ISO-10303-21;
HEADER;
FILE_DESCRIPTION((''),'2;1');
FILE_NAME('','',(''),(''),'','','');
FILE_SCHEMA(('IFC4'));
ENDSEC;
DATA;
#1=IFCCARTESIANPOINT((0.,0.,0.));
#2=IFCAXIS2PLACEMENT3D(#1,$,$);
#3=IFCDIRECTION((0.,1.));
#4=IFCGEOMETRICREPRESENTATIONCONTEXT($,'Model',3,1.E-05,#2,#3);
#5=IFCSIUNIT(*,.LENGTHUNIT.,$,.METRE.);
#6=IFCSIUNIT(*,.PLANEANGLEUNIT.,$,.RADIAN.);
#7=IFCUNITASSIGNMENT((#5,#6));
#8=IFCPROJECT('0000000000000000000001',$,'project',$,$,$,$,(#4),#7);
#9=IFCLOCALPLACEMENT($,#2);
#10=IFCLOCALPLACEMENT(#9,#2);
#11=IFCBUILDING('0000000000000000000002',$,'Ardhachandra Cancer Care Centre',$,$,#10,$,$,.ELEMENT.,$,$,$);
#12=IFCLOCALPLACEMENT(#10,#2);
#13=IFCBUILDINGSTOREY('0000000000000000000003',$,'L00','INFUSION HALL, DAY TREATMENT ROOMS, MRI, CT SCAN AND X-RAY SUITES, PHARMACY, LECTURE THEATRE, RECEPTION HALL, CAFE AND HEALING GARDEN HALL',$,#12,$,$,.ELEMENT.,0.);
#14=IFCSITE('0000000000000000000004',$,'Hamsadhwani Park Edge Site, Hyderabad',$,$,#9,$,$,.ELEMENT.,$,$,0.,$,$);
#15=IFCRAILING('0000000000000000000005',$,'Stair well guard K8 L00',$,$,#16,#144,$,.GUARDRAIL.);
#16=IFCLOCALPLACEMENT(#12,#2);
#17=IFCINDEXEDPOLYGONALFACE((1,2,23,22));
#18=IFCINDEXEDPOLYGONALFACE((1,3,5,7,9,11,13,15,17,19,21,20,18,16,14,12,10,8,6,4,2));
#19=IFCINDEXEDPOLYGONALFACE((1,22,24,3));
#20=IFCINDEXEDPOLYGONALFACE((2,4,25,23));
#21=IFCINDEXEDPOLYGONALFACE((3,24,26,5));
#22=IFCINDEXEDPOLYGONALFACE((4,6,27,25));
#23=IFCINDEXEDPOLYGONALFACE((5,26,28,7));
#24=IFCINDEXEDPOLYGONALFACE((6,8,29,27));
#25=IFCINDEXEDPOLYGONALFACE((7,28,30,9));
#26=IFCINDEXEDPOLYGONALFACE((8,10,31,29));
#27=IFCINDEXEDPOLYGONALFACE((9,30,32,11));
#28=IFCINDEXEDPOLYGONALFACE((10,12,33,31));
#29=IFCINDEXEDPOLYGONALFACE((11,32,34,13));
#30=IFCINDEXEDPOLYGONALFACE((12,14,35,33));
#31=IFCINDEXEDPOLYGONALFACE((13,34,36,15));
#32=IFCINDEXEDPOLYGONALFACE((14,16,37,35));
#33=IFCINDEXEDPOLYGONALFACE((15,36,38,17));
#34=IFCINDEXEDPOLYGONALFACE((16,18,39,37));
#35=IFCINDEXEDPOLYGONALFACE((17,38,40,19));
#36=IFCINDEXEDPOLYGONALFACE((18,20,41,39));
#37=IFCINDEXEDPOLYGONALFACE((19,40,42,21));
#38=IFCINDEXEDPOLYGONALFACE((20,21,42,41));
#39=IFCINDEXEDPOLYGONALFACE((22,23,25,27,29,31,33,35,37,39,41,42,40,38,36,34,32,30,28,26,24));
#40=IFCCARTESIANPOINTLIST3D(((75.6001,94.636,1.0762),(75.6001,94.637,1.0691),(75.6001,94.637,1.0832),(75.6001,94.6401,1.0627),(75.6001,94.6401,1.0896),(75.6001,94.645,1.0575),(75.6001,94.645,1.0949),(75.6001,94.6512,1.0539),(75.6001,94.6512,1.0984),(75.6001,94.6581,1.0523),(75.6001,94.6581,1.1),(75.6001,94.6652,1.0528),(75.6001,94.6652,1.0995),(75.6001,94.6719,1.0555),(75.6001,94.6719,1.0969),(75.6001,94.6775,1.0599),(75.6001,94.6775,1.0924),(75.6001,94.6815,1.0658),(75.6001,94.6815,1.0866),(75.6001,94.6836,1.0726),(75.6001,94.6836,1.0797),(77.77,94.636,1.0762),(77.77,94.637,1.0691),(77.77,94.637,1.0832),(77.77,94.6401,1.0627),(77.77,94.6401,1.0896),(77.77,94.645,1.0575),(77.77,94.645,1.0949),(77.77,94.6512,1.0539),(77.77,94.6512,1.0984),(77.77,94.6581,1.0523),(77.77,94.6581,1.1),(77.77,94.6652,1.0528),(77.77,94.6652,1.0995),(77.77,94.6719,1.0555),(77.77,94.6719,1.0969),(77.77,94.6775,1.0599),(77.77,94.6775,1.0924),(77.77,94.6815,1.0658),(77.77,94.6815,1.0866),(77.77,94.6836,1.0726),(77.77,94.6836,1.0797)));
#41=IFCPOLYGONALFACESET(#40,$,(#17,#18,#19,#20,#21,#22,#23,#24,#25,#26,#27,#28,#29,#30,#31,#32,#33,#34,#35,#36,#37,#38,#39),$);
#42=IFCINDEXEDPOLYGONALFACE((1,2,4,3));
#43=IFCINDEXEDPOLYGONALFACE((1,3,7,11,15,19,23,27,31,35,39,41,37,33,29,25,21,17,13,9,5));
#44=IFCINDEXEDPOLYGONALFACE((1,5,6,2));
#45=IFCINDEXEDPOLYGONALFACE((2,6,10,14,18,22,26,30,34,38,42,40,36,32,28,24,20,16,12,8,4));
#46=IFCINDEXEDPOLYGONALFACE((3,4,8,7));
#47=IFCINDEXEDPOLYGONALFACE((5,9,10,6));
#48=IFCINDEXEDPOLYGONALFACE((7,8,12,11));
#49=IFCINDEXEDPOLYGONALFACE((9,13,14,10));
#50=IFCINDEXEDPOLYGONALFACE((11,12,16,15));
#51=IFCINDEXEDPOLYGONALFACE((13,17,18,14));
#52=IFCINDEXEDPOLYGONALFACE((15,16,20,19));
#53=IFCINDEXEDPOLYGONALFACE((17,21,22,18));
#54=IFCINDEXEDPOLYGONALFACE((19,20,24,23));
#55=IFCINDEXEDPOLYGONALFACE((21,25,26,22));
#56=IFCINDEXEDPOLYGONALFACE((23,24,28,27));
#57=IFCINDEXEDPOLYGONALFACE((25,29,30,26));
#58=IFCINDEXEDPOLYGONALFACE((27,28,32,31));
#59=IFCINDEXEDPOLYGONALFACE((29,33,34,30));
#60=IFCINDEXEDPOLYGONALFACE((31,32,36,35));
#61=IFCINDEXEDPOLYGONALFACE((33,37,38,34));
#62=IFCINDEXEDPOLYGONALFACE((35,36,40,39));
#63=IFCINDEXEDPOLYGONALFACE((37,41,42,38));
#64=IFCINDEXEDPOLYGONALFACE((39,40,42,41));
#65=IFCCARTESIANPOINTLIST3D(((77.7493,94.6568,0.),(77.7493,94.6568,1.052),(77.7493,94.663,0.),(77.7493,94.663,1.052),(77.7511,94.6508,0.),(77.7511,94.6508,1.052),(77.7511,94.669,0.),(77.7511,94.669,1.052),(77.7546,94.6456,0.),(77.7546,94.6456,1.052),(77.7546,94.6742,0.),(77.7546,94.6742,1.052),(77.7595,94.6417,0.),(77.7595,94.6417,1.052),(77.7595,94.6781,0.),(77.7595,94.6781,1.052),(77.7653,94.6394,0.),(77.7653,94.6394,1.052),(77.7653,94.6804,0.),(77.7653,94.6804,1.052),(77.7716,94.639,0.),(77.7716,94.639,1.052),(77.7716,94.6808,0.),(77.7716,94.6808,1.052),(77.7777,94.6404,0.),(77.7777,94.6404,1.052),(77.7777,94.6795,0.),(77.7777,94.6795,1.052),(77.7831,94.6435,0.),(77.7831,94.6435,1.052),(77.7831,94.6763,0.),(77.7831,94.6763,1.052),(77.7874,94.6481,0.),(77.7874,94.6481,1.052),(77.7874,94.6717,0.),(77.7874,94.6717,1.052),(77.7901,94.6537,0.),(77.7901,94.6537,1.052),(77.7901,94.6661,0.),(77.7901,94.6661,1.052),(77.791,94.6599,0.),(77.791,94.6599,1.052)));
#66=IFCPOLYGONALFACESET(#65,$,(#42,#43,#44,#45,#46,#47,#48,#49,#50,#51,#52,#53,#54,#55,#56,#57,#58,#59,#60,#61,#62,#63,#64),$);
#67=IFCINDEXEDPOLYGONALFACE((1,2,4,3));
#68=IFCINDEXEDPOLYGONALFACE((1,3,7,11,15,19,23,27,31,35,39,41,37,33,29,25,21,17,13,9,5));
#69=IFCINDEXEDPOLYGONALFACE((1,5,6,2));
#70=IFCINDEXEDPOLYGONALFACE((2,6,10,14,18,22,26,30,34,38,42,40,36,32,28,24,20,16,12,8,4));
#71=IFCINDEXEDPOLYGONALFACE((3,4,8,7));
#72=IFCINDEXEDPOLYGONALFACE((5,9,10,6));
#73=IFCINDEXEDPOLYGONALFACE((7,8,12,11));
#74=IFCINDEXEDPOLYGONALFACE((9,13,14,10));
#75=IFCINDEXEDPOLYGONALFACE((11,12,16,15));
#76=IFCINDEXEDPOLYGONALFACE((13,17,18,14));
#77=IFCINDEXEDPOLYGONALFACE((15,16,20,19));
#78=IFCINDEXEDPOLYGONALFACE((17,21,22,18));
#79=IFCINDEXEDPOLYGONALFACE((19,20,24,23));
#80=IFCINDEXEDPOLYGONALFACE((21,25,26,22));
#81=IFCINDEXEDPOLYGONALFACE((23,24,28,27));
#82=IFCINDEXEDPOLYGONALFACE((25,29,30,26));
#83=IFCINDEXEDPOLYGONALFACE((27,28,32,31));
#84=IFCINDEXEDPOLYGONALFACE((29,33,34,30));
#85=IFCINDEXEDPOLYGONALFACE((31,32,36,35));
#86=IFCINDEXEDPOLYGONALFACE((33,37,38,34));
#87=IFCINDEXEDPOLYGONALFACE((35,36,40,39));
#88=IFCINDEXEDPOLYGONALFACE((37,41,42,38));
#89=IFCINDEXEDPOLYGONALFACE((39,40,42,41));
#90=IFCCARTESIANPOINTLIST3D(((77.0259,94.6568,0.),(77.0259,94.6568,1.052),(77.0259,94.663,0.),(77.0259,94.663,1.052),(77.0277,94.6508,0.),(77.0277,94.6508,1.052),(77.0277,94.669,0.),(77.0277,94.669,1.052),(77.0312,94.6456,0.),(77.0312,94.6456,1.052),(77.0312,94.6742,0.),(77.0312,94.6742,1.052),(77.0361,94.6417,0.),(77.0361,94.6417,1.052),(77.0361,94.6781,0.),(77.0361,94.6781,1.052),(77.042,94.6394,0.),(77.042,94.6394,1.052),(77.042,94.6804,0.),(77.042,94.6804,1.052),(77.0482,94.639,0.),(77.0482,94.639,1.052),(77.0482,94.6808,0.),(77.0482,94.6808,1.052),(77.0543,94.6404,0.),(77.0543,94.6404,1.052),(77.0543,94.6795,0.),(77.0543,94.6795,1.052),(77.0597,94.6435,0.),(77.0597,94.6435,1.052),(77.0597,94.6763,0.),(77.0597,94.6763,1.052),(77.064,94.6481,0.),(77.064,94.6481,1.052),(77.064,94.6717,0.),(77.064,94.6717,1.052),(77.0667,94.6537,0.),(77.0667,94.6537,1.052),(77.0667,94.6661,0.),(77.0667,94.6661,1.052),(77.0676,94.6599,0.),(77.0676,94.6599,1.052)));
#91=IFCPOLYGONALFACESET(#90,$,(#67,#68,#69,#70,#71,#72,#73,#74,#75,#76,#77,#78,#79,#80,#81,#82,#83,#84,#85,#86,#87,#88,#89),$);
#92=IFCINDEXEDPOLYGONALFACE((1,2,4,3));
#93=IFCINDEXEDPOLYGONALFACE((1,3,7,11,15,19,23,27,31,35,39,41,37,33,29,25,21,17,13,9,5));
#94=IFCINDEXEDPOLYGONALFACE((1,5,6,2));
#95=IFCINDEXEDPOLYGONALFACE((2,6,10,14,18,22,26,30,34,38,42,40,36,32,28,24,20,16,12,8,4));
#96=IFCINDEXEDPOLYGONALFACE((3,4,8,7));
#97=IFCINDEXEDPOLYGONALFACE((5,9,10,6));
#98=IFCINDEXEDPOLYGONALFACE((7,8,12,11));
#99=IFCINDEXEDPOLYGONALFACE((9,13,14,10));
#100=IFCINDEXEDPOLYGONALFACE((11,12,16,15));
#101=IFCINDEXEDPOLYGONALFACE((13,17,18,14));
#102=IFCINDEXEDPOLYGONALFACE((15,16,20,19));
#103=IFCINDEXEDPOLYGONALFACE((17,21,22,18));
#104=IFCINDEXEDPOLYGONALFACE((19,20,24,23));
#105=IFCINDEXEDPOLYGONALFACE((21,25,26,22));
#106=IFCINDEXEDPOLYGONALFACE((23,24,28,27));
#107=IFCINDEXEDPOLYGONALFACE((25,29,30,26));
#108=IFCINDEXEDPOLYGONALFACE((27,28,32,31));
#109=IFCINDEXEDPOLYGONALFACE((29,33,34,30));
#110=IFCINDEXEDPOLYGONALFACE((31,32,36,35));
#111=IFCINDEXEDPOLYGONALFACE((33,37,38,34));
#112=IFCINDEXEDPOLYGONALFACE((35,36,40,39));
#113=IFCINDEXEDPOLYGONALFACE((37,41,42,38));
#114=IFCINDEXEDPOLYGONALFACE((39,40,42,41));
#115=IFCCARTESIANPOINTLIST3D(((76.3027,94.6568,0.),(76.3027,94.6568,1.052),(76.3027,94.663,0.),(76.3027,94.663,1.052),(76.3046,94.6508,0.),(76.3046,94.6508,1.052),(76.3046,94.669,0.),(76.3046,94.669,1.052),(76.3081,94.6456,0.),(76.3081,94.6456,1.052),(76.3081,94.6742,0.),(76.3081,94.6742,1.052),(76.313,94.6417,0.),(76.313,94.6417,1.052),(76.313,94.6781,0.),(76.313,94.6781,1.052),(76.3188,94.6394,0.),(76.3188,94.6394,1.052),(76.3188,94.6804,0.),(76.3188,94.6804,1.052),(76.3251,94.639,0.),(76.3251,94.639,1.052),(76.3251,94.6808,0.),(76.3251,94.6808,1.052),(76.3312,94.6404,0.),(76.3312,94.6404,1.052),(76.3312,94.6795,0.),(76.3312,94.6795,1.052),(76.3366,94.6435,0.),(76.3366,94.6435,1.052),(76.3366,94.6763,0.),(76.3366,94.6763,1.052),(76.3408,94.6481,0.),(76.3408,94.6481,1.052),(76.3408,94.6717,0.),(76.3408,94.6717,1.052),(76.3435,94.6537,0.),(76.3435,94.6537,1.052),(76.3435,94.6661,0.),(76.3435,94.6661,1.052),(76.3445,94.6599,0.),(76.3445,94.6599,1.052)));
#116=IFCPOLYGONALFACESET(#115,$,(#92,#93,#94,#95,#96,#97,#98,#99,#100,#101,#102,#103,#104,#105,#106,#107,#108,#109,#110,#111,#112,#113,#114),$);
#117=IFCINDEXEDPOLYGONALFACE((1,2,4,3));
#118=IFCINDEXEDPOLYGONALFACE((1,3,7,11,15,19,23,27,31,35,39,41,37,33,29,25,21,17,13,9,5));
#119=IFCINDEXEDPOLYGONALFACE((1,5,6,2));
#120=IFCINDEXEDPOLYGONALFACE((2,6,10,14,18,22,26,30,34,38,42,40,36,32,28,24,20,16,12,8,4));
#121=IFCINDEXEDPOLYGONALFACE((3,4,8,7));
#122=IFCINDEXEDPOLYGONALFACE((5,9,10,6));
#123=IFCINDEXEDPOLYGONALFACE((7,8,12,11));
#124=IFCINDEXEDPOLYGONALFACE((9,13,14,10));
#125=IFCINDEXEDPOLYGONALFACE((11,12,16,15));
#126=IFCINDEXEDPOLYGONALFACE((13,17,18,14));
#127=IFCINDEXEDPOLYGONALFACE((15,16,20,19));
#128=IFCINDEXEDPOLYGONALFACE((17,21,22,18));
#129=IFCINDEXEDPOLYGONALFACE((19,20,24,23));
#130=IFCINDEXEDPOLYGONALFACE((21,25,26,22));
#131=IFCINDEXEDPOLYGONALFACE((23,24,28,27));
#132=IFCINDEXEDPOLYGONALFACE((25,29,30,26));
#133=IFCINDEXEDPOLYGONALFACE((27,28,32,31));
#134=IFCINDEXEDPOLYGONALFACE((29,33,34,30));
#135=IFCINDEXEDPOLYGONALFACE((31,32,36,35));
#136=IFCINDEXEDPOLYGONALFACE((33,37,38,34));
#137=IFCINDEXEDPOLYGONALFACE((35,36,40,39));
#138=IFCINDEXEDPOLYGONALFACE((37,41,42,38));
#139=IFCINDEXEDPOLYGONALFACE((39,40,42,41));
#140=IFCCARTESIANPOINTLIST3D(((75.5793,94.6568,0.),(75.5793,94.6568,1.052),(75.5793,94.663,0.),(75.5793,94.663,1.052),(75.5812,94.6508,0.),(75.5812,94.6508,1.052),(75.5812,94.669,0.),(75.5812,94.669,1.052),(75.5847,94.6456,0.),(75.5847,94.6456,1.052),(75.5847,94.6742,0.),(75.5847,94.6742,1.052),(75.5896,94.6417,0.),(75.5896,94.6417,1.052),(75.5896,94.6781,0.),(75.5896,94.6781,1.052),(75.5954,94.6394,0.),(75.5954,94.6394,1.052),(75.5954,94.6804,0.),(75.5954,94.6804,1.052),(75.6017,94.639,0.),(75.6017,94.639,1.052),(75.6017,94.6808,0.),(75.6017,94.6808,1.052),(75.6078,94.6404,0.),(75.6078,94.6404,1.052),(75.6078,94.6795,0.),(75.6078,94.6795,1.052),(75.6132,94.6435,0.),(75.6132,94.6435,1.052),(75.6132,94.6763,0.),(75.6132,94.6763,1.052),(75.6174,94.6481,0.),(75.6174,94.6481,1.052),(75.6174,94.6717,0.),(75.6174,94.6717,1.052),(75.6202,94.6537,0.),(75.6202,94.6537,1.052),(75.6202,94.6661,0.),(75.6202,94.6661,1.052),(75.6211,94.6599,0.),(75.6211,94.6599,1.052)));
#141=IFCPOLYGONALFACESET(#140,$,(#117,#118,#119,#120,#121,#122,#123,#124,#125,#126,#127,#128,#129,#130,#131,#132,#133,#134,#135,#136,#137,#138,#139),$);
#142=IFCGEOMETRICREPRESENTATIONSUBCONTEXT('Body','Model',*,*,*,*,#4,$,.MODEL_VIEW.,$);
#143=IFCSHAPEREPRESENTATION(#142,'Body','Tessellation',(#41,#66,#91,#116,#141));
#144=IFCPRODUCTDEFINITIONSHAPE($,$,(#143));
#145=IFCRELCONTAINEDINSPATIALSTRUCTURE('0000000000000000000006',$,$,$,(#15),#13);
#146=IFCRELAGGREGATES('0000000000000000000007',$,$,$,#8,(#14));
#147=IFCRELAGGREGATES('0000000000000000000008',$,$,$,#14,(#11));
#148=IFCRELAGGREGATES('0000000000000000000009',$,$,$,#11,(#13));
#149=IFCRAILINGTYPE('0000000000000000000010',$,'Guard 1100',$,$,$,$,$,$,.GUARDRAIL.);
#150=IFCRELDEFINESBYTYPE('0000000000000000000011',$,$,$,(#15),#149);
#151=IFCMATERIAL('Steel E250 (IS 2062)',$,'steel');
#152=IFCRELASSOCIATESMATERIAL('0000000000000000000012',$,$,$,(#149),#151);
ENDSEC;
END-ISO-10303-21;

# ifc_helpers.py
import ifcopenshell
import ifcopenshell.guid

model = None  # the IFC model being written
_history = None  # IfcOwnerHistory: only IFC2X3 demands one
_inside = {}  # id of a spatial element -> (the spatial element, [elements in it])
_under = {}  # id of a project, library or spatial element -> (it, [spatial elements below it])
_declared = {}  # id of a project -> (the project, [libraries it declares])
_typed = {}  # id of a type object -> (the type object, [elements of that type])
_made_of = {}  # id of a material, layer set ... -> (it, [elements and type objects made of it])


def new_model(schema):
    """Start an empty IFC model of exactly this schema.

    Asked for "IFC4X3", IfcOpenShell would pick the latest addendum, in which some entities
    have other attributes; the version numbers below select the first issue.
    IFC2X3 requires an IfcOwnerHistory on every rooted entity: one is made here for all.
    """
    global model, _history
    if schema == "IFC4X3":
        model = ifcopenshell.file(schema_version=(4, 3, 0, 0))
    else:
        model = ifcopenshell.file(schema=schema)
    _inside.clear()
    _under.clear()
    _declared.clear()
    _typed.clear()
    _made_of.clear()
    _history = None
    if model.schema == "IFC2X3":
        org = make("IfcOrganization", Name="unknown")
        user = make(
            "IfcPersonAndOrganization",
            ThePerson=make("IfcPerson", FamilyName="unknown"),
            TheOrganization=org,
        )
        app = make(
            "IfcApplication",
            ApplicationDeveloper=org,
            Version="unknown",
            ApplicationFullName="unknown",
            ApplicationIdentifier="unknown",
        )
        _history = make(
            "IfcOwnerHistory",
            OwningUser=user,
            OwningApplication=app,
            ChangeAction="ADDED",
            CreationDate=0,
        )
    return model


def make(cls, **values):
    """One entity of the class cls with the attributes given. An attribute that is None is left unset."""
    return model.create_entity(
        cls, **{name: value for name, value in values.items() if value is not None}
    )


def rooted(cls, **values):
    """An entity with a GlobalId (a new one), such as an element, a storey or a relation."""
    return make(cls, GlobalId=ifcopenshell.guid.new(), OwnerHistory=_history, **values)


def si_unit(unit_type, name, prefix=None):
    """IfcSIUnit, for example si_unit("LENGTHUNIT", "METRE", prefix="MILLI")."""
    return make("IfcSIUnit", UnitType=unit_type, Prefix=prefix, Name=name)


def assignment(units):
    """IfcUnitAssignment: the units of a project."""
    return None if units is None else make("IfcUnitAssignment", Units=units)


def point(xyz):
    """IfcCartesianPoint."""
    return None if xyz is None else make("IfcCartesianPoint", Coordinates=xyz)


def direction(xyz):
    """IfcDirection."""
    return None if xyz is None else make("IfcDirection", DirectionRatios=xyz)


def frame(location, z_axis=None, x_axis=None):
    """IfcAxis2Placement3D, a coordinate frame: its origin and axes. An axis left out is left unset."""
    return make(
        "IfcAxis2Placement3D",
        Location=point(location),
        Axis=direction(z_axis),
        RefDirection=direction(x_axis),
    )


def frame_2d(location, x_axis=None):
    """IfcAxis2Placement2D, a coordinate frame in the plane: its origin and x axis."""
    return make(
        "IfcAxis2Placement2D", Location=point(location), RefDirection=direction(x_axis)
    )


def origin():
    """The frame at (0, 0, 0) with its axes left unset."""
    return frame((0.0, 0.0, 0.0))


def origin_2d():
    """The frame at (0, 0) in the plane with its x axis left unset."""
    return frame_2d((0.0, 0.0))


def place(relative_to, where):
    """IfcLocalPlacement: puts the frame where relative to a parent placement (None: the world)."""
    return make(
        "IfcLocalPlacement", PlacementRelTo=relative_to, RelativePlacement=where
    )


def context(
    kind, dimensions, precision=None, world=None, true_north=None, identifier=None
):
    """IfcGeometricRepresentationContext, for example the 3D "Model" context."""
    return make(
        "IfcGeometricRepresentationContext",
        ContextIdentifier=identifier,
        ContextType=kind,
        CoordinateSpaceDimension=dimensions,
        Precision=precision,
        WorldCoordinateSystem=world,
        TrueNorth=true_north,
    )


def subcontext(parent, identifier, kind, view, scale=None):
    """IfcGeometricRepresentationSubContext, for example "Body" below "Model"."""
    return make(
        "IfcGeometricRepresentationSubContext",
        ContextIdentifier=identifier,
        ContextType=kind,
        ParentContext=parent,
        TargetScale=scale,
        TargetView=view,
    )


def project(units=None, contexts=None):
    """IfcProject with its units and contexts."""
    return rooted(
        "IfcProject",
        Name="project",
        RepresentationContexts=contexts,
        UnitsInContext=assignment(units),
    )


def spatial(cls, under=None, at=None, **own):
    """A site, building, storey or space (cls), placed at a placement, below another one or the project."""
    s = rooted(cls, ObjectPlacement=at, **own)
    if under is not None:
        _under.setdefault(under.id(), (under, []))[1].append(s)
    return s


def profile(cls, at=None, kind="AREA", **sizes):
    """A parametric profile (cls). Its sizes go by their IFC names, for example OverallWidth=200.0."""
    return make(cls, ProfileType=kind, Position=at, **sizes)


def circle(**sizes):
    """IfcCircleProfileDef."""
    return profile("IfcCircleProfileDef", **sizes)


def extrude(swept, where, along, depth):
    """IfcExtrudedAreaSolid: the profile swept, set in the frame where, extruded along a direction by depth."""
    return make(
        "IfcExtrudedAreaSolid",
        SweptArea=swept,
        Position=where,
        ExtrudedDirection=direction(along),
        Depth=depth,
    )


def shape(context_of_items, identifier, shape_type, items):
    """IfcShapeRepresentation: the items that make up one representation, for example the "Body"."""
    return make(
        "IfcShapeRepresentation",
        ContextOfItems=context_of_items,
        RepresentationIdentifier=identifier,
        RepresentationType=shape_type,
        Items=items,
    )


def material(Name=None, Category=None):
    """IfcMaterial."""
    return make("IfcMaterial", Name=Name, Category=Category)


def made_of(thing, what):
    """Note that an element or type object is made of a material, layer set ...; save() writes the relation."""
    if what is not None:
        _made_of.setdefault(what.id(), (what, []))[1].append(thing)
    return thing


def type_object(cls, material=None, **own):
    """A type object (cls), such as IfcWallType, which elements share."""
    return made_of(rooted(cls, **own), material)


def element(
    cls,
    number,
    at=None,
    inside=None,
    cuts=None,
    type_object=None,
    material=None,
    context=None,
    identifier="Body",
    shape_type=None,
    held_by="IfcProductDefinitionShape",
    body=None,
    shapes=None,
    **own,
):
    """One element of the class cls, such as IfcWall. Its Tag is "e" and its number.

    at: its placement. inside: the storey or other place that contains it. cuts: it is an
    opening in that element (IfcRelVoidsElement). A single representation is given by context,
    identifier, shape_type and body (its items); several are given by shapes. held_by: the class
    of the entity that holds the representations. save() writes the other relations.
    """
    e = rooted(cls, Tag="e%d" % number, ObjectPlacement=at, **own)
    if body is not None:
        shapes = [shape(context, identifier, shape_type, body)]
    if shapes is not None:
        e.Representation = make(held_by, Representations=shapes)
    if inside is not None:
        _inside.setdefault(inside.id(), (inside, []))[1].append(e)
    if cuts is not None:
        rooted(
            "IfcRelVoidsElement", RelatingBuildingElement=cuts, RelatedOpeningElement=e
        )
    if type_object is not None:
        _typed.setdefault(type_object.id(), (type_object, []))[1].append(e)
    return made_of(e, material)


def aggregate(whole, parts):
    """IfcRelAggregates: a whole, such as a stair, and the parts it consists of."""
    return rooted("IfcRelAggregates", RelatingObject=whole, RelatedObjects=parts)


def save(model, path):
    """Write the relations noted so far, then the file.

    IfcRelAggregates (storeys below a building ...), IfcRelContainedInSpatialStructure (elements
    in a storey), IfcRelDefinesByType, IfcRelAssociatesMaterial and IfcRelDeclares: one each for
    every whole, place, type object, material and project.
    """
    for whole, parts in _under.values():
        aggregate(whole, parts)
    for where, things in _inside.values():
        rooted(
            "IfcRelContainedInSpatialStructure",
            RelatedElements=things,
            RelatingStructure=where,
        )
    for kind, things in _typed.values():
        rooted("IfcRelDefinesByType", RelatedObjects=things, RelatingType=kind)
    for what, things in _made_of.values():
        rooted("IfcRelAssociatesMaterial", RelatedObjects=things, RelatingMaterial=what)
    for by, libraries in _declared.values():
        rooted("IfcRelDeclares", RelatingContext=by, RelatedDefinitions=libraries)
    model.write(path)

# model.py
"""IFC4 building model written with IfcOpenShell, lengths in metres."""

from ifc_helpers import new_model, si_unit, direction, frame, origin, origin_2d, place, context, subcontext, project, spatial, circle, extrude, material, type_object, element, save


model = new_model("IFC4")

# Units and contexts
model_context = context("Model", 3, precision=1e-05, world=origin(), true_north=direction((0.0, 1.0)))
body_context = subcontext(model_context, "Body", "Model", "MODEL_VIEW")
ifc_project = project(units=[si_unit("LENGTHUNIT", "METRE"), si_unit("PLANEANGLEUNIT", "RADIAN")], contexts=[model_context])

# Site, building, storey
site_placement = place(None, origin())
site = spatial("IfcSite", under=ifc_project, at=site_placement, Name="Hamsadhwani Park Edge Site, Hyderabad", CompositionType="ELEMENT", RefElevation=0.0)
building_placement = place(site_placement, origin())
building = spatial("IfcBuilding", under=site, at=building_placement, Name="Ardhachandra Cancer Care Centre", CompositionType="ELEMENT")
storey_placement = place(building_placement, origin())
storey = spatial("IfcBuildingStorey", under=building, at=storey_placement, Name="L00", Description="INFUSION HALL, DAY TREATMENT ROOMS, MRI, CT SCAN AND X-RAY SUITES, PHARMACY, LECTURE THEATRE, RECEPTION HALL, CAFE AND HEALING GARDEN HALL", CompositionType="ELEMENT", Elevation=0.0)

# Railing
ifc_material_1 = material(Name="Steel E250 (IS 2062)", Category="steel")
railing_type_1 = type_object("IfcRailingType", Name="Guard 1100", PredefinedType="GUARDRAIL", material=ifc_material_1)
railing_placement = place(storey_placement, frame((77.77, 94.6599, 0.0)))
element("IfcRailing", 1, at=railing_placement, inside=storey, type_object=railing_type_1, Name="Stair well guard K8 L00", PredefinedType="GUARDRAIL", context=body_context, shape_type="SweptSolid", body=[
    extrude(circle(Radius=0.0239, at=origin_2d()), frame((0.0, 0.0, 1.0762), z_axis=(-1.0, 0.0, 0.0), x_axis=(0.0, -1.0, 0.0)), (0.0, 0.0, 1.0), 2.1699),
    extrude(circle(Radius=0.021, at=origin_2d()), origin(), (0.0, 0.0, 1.0), 1.052),
    extrude(circle(Radius=0.021, at=origin_2d()), frame((-0.7234, 0.0, 0.0)), (0.0, 0.0, 1.0), 1.052),
    extrude(circle(Radius=0.021, at=origin_2d()), frame((-1.4465, 0.0, 0.0)), (0.0, 0.0, 1.0), 1.052),
    extrude(circle(Radius=0.021, at=origin_2d()), frame((-2.1699, 0.0, 0.0)), (0.0, 0.0, 1.0), 1.052),
])

save(model, "model.ifc")
